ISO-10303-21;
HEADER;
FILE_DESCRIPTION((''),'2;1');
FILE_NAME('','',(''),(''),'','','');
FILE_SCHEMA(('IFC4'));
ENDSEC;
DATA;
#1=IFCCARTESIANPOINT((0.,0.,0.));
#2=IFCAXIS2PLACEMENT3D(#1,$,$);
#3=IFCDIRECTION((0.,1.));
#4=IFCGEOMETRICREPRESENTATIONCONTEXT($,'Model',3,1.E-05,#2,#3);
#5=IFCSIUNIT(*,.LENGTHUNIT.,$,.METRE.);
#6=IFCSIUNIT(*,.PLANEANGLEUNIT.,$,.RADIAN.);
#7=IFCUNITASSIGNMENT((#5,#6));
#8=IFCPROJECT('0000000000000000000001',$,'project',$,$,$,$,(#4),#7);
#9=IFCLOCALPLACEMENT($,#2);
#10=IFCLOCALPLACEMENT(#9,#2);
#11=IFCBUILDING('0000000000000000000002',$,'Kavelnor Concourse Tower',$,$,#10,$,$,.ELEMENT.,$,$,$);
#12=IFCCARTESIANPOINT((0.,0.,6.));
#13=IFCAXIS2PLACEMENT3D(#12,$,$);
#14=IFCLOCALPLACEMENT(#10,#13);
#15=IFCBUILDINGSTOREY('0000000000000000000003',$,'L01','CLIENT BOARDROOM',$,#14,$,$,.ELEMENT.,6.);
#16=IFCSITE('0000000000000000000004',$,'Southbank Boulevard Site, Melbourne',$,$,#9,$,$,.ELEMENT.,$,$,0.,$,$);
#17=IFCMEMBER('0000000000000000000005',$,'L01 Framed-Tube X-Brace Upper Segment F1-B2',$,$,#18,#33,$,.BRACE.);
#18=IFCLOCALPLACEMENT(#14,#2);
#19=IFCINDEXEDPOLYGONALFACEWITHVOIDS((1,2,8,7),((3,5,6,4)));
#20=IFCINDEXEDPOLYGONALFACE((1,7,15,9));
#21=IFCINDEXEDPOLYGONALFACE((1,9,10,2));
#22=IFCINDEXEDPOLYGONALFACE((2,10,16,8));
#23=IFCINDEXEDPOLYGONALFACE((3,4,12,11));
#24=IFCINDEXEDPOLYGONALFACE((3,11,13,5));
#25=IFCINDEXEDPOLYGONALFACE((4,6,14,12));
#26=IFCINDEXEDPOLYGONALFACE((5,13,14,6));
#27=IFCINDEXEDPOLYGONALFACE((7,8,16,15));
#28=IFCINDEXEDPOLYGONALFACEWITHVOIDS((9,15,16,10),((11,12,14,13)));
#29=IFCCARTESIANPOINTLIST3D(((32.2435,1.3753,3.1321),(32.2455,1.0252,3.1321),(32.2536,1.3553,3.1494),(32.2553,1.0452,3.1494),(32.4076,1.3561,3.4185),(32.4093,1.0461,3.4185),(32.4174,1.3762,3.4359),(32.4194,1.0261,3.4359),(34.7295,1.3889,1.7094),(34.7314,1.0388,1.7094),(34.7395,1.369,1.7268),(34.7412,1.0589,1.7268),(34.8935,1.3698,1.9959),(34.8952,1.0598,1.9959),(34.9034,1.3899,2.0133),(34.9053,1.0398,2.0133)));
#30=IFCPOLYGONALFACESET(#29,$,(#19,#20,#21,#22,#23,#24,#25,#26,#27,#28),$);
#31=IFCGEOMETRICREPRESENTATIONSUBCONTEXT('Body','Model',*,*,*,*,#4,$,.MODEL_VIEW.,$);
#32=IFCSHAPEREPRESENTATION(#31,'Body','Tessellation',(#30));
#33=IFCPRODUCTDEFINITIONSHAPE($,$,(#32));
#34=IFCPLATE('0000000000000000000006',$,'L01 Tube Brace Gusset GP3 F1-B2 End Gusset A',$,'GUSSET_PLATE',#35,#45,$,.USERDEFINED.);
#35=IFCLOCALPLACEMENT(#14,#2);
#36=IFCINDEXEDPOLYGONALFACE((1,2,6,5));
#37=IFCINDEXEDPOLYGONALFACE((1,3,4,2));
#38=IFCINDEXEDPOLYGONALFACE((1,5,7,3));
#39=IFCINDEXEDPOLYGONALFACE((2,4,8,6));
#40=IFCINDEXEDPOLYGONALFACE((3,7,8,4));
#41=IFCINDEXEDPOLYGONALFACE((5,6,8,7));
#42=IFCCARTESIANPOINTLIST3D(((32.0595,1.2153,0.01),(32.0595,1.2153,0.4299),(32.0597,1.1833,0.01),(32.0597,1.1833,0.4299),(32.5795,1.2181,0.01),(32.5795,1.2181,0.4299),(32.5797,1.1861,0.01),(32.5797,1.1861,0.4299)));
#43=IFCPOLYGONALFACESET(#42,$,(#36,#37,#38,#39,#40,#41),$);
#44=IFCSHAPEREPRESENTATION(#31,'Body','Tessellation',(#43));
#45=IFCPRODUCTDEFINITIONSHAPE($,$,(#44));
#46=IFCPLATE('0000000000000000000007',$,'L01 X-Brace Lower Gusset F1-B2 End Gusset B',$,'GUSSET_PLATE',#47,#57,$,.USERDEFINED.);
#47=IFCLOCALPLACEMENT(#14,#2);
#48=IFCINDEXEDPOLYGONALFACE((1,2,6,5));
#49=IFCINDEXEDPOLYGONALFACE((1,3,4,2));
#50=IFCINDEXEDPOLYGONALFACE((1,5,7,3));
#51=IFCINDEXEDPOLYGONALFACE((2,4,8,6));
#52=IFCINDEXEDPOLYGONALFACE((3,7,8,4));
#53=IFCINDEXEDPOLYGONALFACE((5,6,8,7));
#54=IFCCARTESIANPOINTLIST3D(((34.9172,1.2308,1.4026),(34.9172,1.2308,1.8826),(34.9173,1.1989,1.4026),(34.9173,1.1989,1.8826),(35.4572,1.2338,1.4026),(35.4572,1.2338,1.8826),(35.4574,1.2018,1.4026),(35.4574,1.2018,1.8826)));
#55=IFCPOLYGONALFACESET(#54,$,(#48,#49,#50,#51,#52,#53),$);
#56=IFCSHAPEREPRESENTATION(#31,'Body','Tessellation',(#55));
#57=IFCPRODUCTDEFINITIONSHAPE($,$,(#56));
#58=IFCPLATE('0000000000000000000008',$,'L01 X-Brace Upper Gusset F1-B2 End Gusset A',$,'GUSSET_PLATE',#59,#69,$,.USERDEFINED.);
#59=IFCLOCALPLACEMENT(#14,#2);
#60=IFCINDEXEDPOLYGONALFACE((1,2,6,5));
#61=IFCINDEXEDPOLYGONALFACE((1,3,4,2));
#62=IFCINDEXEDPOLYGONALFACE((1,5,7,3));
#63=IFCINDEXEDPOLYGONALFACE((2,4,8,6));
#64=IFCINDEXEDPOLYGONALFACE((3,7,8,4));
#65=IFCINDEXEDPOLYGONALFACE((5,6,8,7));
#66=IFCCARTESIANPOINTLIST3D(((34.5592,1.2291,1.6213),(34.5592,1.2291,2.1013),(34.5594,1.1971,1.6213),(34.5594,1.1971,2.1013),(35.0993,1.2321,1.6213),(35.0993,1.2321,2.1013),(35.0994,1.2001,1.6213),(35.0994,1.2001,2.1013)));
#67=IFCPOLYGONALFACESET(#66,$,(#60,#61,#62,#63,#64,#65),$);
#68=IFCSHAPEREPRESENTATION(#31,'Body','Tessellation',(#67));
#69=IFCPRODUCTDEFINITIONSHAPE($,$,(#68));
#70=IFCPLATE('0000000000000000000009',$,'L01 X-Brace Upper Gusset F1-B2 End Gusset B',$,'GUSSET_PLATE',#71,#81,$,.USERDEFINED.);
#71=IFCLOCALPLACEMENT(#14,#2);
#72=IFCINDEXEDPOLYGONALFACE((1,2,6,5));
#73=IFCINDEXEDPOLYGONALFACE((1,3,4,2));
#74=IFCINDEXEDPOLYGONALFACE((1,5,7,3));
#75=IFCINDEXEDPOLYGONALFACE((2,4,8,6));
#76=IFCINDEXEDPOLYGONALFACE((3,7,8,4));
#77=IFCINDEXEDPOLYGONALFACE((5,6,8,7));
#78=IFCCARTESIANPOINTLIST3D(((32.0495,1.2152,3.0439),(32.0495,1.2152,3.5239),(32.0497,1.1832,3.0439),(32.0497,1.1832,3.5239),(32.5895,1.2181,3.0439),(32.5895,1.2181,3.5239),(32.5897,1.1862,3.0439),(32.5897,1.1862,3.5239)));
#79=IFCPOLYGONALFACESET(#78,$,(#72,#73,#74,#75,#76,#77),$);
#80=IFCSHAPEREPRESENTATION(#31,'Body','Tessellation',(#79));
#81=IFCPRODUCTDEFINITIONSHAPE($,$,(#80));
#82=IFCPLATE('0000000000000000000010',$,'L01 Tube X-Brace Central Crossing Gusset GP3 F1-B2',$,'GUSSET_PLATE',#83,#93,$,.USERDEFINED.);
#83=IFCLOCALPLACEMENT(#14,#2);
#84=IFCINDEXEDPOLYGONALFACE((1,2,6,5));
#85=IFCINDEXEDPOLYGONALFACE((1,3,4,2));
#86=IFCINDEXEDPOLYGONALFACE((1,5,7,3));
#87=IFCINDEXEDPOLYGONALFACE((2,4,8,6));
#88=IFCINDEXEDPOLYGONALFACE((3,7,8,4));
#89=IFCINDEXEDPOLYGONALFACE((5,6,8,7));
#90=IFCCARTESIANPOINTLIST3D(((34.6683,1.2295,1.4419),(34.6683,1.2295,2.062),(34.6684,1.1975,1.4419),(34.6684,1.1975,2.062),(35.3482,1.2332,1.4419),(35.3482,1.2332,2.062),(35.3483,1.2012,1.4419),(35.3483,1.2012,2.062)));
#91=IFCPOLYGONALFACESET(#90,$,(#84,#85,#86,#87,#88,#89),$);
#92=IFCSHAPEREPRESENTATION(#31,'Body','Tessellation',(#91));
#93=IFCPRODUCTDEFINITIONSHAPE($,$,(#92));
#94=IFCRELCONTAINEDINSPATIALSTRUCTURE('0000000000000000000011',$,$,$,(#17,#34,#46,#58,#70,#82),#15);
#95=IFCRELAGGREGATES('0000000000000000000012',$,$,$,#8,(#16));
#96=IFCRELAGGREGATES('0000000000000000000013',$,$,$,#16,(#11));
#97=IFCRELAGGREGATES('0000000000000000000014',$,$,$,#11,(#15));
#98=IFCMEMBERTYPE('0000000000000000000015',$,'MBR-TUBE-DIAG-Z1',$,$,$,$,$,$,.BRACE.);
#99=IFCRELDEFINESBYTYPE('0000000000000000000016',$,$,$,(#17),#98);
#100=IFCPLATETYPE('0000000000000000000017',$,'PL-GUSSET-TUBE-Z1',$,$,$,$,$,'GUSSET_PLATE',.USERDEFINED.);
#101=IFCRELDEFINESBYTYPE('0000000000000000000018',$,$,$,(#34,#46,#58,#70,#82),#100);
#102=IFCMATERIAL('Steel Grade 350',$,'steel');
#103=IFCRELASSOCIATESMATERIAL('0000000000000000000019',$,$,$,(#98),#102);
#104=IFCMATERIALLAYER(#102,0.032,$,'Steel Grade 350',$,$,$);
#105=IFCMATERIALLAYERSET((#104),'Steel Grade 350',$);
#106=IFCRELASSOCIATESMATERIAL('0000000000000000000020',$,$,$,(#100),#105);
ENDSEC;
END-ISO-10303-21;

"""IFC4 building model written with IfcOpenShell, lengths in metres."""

from ifc_helpers import new_model, si_unit, direction, frame, origin, origin_2d, place, context, subcontext, project, spatial, rectangle, hollow_rectangle, extrude, material, layer, layer_set, material_profile, profile_set, type_object, element, save


model = new_model("IFC4")

# Units and contexts
model_context = context("Model", 3, precision=1e-05, world=origin(), true_north=direction((0.0, 1.0)))
body_context = subcontext(model_context, "Body", "Model", "MODEL_VIEW")
ifc_project = project(units=[si_unit("LENGTHUNIT", "METRE"), si_unit("PLANEANGLEUNIT", "RADIAN")], contexts=[model_context])

# Site, building, storey
site_placement = place(None, origin())
site = spatial("IfcSite", under=ifc_project, at=site_placement, Name="Southbank Boulevard Site, Melbourne", CompositionType="ELEMENT", RefElevation=0.0)
building_placement = place(site_placement, origin())
building = spatial("IfcBuilding", under=site, at=building_placement, Name="Kavelnor Concourse Tower", CompositionType="ELEMENT")
storey_placement = place(building_placement, frame((0.0, 0.0, 6.0)))
storey = spatial("IfcBuildingStorey", under=building, at=storey_placement, Name="L01", Description="CLIENT BOARDROOM", CompositionType="ELEMENT", Elevation=6.0)

# Shared definitions
ifc_material = material(Name="Steel Grade 350", Category="steel")

# Member
ifc_material_profile_1 = material_profile(ifc_material, hollow_rectangle(XDim=0.3501, YDim=0.3501, WallThickness=0.02, at=origin_2d()), Name="SHS 350x350x20")
ifc_profile_set_1 = profile_set([ifc_material_profile_1], Name="Steel Grade 350")
member_type = type_object("IfcMemberType", Name="MBR-TUBE-DIAG-Z1", PredefinedType="BRACE", material=ifc_profile_set_1)
member_1_placement = place(storey_placement, frame((34.8174, 1.2144, 1.8613), z_axis=(-0.867913, -0.004773, 0.496693), x_axis=(0.0055, -0.999985, 0.0)))
element("IfcMember", 1, at=member_1_placement, inside=storey, type_object=member_type, Name="L01 Framed-Tube X-Brace Upper Segment F1-B2", PredefinedType="BRACE", context=body_context, shape_type="SweptSolid", body=[
    extrude(hollow_rectangle(XDim=0.3501, YDim=0.3501, WallThickness=0.02, at=origin_2d()), origin(), (0.0, 0.0, 1.0), 2.8643),
])

# Plates
ifc_layer = layer(ifc_material, 0.032, Name="Steel Grade 350")
ifc_layer_set = layer_set([ifc_layer], Name="Steel Grade 350")
plate_type = type_object("IfcPlateType", Name="PL-GUSSET-TUBE-Z1", ElementType="GUSSET_PLATE", PredefinedType="USERDEFINED", material=ifc_layer_set)
plate_1_placement = place(storey_placement, frame((32.3196, 1.2007, 0.01), z_axis=(0.0, 0.0, 1.0), x_axis=(0.999985, 0.00541, 0.0)))
element("IfcPlate", 2, at=plate_1_placement, inside=storey, type_object=plate_type, Name="L01 Tube Brace Gusset GP3 F1-B2 End Gusset A", ObjectType="GUSSET_PLATE", PredefinedType="USERDEFINED", context=body_context, shape_type="SweptSolid", body=[
    extrude(rectangle(XDim=0.52, YDim=0.032, at=origin_2d()), origin(), (0.0, 0.0, 1.0), 0.4199),
])
for number, where, z_axis, x_axis, name in (
    (3, (35.1873, 1.2163, 1.4026), (0.0, 0.0, 1.0), (-0.999985, -0.00541, 0.0), "L01 X-Brace Lower Gusset F1-B2 End Gusset B"),
    (4, (34.8293, 1.2146, 1.6213), (0.0, 0.0, 1.0), (-0.999985, -0.00541, 0.0), "L01 X-Brace Upper Gusset F1-B2 End Gusset A"),
    (5, (32.3196, 1.2007, 3.0439), (0.0, 0.0, 1.0), (-0.999985, -0.00541, 0.0), "L01 X-Brace Upper Gusset F1-B2 End Gusset B"),
):
    element("IfcPlate", number, at=place(storey_placement, frame(where, z_axis=z_axis, x_axis=x_axis)), inside=storey, type_object=plate_type, Name=name, ObjectType="GUSSET_PLATE", PredefinedType="USERDEFINED", context=body_context, shape_type="SweptSolid", body=[
        extrude(rectangle(XDim=0.54, YDim=0.032, at=origin_2d()), origin(), (0.0, 0.0, 1.0), 0.48),
    ])
plate_2_placement = place(storey_placement, frame((35.0083, 1.2153, 1.4419), z_axis=(0.0, 0.0, 1.0), x_axis=(-0.999985, -0.00541, 0.0)))
element("IfcPlate", 6, at=plate_2_placement, inside=storey, type_object=plate_type, Name="L01 Tube X-Brace Central Crossing Gusset GP3 F1-B2", ObjectType="GUSSET_PLATE", PredefinedType="USERDEFINED", context=body_context, shape_type="SweptSolid", body=[
    extrude(rectangle(XDim=0.6799, YDim=0.032, at=origin_2d()), origin(), (0.0, 0.0, 1.0), 0.6201),
])

save(model, "model.ifc")
